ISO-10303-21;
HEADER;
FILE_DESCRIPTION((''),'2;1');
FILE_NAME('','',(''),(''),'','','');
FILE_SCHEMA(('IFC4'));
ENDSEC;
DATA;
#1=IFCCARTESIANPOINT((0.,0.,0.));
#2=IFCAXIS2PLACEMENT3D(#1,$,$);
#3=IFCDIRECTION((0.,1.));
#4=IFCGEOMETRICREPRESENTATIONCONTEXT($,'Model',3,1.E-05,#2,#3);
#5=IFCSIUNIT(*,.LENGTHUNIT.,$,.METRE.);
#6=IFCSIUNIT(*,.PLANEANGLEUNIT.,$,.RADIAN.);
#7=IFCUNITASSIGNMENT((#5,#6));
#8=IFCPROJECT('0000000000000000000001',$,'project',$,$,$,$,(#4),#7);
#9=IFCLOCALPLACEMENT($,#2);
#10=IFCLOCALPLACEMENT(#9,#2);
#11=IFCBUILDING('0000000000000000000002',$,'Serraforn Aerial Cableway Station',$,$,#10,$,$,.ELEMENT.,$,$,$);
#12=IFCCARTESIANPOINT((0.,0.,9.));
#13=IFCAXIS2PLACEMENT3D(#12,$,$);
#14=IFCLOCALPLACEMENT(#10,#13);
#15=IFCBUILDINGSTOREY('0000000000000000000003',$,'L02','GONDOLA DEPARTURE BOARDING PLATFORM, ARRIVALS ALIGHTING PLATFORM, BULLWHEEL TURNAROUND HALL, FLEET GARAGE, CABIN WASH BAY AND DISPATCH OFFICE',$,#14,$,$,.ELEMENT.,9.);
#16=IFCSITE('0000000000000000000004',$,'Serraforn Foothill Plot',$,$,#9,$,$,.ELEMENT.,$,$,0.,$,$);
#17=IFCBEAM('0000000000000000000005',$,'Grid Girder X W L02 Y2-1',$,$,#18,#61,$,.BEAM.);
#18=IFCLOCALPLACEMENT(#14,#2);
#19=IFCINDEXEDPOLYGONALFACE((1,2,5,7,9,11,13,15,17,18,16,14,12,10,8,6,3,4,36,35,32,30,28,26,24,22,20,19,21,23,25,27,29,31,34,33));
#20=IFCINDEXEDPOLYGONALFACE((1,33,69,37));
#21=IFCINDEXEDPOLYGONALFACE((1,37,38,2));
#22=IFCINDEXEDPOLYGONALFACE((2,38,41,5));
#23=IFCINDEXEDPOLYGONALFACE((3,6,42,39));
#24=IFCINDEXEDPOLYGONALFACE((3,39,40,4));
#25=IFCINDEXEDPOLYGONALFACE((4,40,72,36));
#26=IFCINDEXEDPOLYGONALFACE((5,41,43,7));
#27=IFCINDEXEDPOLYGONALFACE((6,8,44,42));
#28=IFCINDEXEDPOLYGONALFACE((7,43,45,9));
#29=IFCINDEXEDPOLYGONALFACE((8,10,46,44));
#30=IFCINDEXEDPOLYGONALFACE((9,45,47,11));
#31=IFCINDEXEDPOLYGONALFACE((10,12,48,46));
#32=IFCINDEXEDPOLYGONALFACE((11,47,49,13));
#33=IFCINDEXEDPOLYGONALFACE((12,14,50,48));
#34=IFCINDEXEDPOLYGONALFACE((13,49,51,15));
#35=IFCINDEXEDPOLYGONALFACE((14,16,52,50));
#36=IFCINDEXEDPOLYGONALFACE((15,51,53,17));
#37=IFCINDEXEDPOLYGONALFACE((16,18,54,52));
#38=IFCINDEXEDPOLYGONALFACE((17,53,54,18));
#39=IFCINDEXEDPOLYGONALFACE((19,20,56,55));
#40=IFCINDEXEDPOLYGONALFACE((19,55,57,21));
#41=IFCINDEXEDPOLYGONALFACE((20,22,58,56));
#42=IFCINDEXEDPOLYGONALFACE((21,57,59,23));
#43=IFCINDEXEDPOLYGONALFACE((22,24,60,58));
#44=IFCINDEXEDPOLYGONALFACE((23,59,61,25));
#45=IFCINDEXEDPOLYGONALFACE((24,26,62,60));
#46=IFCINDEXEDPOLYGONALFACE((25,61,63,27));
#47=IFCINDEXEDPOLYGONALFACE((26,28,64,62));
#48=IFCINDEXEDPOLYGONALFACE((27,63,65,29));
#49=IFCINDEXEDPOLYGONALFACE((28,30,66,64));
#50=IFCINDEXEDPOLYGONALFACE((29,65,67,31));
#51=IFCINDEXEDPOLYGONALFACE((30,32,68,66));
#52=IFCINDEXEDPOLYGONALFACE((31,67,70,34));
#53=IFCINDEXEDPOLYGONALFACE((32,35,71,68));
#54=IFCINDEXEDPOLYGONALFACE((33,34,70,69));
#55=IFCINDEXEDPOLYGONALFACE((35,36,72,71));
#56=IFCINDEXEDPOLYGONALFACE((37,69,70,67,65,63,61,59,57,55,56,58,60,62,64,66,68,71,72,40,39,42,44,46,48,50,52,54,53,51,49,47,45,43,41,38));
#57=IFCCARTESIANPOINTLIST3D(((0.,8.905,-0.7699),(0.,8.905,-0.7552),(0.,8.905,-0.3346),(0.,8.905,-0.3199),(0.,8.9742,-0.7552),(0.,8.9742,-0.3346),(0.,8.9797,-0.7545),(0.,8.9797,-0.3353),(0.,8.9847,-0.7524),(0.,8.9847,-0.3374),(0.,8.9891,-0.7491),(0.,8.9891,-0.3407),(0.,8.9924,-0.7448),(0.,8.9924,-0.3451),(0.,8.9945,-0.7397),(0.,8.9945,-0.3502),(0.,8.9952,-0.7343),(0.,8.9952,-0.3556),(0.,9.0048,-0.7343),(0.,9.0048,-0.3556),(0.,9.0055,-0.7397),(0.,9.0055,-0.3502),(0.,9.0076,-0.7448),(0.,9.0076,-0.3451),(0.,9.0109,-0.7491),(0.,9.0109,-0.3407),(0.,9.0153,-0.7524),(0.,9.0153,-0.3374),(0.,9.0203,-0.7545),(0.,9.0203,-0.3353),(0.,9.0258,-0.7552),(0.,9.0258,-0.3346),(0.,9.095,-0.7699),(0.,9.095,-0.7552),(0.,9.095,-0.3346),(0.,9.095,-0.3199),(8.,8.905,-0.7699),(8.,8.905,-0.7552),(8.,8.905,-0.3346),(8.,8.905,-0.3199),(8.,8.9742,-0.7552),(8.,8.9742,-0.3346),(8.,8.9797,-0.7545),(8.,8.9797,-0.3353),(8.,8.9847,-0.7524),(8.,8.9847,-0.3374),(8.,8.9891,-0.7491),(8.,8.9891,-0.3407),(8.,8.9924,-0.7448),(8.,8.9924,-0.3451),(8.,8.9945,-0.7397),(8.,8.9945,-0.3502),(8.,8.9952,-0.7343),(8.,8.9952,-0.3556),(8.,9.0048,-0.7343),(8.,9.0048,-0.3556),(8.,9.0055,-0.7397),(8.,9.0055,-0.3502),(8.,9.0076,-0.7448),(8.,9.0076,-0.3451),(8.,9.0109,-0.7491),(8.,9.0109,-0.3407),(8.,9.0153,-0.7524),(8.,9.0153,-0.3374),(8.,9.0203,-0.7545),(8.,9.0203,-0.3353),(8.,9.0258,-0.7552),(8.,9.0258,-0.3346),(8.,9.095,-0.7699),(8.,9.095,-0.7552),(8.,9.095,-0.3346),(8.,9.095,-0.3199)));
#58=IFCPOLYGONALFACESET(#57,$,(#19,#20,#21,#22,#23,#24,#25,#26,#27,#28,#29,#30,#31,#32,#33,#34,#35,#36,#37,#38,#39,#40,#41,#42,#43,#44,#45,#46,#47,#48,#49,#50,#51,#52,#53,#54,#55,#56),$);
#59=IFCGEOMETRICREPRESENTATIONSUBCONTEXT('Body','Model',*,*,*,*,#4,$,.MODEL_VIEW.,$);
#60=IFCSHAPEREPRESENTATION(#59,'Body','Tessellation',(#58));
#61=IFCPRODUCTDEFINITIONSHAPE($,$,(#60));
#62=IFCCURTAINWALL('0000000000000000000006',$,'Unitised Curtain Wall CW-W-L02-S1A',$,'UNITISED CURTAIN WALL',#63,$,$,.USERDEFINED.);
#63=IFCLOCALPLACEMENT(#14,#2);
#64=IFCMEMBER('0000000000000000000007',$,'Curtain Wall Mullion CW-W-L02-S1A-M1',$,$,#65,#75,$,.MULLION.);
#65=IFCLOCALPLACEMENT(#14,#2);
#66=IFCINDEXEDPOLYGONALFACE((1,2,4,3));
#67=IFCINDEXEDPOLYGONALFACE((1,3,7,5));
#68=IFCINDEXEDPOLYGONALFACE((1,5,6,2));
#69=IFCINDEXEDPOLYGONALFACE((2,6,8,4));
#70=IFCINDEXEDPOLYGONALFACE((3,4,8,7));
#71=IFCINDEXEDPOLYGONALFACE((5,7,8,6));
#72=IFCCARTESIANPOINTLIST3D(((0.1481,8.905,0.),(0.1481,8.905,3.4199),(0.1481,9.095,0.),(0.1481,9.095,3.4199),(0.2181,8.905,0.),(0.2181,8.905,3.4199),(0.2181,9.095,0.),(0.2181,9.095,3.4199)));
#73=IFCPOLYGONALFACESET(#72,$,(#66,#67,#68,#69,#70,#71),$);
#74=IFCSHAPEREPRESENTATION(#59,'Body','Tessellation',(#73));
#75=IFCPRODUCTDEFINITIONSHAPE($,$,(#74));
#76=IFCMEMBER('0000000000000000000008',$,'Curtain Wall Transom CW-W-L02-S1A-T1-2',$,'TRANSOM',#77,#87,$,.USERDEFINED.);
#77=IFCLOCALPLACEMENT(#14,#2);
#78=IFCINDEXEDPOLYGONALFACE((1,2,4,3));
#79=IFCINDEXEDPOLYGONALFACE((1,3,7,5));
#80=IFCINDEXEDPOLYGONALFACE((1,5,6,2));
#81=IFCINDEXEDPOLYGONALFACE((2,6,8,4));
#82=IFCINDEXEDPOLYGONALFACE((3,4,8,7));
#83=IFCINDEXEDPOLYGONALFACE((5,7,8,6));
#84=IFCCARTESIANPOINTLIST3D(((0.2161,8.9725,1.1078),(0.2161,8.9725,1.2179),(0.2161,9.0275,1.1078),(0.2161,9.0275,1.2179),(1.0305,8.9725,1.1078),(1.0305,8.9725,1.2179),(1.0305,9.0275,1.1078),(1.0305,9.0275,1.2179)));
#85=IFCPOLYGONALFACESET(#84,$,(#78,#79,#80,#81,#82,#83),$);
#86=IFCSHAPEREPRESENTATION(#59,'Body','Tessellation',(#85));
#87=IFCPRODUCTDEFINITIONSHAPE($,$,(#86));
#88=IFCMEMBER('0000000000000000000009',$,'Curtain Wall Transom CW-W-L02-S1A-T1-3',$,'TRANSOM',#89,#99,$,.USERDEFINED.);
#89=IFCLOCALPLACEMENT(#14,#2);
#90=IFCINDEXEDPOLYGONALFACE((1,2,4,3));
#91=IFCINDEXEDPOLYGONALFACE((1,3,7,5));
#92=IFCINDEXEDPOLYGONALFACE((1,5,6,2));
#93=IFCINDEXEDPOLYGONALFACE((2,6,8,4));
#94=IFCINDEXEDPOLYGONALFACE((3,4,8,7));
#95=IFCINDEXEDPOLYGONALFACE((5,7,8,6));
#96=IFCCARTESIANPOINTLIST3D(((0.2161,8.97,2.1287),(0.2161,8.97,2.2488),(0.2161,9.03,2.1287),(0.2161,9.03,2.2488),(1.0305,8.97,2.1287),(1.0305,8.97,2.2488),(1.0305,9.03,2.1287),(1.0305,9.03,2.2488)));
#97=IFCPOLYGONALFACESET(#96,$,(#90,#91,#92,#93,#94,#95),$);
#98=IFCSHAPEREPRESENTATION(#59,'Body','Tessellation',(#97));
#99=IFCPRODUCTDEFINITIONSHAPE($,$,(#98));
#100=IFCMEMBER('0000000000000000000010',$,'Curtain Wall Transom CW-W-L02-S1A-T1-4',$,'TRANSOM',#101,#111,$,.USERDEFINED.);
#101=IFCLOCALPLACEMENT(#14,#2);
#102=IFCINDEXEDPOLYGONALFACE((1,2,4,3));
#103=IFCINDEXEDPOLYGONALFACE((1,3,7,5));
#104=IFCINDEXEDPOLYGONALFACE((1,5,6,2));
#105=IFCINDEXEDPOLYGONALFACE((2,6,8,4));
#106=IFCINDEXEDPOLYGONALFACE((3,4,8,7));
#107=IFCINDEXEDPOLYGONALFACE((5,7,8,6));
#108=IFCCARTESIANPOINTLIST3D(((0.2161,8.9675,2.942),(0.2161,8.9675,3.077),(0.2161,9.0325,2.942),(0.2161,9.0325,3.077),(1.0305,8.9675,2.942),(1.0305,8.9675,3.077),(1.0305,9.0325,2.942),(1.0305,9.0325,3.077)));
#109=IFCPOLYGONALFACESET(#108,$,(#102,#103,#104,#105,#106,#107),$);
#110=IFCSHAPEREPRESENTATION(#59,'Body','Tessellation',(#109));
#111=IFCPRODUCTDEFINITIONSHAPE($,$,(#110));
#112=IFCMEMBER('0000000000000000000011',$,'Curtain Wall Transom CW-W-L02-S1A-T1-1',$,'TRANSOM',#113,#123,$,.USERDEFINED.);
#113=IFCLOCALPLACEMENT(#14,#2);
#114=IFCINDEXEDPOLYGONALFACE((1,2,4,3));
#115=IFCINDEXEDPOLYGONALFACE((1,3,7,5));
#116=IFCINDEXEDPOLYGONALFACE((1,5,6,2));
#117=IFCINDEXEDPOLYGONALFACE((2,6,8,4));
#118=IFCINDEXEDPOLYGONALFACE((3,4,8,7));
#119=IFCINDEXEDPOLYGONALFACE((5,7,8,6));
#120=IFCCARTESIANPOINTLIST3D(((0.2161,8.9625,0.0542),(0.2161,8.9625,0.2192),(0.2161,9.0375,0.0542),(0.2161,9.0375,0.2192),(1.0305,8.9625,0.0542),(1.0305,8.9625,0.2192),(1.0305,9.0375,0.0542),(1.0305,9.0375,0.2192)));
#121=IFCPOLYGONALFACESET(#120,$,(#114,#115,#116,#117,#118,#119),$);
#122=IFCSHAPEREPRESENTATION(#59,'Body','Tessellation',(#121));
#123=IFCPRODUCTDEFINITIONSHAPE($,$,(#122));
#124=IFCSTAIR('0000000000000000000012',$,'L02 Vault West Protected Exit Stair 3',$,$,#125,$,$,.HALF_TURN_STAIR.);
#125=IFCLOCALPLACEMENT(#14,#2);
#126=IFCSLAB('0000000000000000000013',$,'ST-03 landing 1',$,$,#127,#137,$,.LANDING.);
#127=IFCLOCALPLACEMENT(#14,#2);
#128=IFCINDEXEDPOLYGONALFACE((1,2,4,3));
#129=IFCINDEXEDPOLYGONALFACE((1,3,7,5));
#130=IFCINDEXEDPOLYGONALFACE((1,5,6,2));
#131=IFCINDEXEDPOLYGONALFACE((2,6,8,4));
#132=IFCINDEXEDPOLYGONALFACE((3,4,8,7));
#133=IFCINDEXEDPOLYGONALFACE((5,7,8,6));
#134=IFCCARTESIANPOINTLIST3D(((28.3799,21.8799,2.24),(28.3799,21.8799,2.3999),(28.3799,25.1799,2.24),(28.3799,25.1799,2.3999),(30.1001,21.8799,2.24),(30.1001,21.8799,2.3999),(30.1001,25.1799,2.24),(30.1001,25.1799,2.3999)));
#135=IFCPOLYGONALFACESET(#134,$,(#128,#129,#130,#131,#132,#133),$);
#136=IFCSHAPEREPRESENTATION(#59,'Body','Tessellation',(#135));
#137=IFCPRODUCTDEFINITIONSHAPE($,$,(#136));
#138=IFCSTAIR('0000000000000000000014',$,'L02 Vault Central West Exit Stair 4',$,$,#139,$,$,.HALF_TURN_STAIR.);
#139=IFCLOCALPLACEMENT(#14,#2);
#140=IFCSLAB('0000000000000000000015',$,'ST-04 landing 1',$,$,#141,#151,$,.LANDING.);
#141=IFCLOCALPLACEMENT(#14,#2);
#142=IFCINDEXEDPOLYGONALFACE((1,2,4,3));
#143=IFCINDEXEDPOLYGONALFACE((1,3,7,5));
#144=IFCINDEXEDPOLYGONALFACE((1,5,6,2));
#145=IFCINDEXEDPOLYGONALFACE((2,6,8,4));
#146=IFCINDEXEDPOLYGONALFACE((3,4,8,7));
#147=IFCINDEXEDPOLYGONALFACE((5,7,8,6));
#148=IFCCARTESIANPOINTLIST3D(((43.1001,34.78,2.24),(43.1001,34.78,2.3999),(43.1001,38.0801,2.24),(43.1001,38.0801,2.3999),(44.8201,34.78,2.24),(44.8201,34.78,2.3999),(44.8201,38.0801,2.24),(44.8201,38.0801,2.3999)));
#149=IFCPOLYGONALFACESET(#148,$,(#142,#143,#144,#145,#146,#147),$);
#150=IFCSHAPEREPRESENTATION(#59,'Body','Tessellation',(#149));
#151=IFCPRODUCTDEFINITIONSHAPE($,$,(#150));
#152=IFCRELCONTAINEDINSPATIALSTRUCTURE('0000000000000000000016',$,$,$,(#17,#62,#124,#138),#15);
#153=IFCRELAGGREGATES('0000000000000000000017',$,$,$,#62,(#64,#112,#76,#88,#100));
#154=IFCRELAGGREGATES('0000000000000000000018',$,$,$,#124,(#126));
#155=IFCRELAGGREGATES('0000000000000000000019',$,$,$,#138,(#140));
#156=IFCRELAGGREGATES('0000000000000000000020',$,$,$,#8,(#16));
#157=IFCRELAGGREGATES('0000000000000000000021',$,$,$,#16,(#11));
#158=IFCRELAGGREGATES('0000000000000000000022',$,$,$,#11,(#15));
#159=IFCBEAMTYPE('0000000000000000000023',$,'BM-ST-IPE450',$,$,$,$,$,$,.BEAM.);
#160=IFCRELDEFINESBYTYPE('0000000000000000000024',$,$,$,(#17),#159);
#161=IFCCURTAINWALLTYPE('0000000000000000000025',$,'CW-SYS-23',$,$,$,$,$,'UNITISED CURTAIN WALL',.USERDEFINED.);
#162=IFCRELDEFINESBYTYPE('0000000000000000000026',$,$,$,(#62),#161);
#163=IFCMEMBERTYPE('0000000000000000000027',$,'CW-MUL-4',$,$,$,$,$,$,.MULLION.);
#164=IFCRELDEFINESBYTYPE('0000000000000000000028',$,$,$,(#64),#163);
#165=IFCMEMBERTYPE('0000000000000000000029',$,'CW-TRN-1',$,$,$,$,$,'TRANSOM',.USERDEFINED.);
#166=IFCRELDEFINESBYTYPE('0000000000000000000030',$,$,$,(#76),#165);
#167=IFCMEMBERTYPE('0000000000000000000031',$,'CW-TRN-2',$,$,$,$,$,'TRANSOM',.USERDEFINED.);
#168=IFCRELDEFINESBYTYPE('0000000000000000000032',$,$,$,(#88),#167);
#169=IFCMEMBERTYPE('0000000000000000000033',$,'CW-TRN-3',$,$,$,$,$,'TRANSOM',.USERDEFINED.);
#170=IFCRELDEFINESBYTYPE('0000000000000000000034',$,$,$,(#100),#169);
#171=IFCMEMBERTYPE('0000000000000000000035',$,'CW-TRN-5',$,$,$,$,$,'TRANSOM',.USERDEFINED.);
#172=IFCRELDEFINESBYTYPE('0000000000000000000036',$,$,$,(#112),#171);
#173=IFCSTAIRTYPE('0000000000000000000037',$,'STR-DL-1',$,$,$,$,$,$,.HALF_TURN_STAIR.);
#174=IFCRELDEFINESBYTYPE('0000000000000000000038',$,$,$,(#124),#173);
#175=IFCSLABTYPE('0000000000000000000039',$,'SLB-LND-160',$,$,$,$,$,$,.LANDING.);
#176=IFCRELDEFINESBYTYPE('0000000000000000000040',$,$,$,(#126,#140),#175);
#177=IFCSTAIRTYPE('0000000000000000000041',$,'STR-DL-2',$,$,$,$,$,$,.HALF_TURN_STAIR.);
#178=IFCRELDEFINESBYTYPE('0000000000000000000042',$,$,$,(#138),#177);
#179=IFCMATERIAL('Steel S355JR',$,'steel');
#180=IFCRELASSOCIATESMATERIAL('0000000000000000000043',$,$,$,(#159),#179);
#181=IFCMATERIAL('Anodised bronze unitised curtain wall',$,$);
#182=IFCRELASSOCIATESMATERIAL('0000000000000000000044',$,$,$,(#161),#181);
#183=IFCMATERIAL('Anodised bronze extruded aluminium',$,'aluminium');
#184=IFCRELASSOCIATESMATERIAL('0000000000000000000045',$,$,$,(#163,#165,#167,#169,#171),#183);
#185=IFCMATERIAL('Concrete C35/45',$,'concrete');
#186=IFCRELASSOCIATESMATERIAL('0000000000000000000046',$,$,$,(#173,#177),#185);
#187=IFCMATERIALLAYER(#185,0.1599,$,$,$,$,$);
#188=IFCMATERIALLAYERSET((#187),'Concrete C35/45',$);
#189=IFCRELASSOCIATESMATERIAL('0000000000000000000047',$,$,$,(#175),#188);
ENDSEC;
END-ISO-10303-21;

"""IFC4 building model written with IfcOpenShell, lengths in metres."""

from ifc_helpers import new_model, si_unit, direction, frame, origin, origin_2d, place, context, subcontext, project, spatial, polyline, rectangle, i_section, outline, extrude, material, layer, layer_set, material_profile, profile_set, type_object, element, aggregate, save


model = new_model("IFC4")

# Units and contexts
model_context = context("Model", 3, precision=1e-05, world=origin(), true_north=direction((0.0, 1.0)))
body_context = subcontext(model_context, "Body", "Model", "MODEL_VIEW")
ifc_project = project(units=[si_unit("LENGTHUNIT", "METRE"), si_unit("PLANEANGLEUNIT", "RADIAN")], contexts=[model_context])

# Site, building, storey
site_placement = place(None, origin())
site = spatial("IfcSite", under=ifc_project, at=site_placement, Name="Serraforn Foothill Plot", CompositionType="ELEMENT", RefElevation=0.0)
building_placement = place(site_placement, origin())
building = spatial("IfcBuilding", under=site, at=building_placement, Name="Serraforn Aerial Cableway Station", CompositionType="ELEMENT")
storey_placement = place(building_placement, frame((0.0, 0.0, 9.0)))
storey = spatial("IfcBuildingStorey", under=building, at=storey_placement, Name="L02", Description="GONDOLA DEPARTURE BOARDING PLATFORM, ARRIVALS ALIGHTING PLATFORM, BULLWHEEL TURNAROUND HALL, FLEET GARAGE, CABIN WASH BAY AND DISPATCH OFFICE", CompositionType="ELEMENT", Elevation=9.0)

# Beam
ifc_material_1 = material(Name="Steel S355JR", Category="steel")
ifc_material_profile_1 = material_profile(ifc_material_1, i_section(OverallWidth=0.1899, OverallDepth=0.45, WebThickness=0.0095, FlangeThickness=0.0146, FilletRadius=0.021, at=origin_2d()), Name="IPE 450")
ifc_profile_set_1 = profile_set([ifc_material_profile_1], Name="Steel S355JR")
beam_type_1 = type_object("IfcBeamType", Name="BM-ST-IPE450", PredefinedType="BEAM", material=ifc_profile_set_1)
beam_1_placement = place(storey_placement, frame((0.0, 9.0, -0.5449), z_axis=(1.0, 0.0, 0.0), x_axis=(0.0, 1.0, 0.0)))
element("IfcBeam", 1, at=beam_1_placement, inside=storey, type_object=beam_type_1, Name="Grid Girder X W L02 Y2-1", PredefinedType="BEAM", context=body_context, shape_type="SweptSolid", body=[
    extrude(i_section(OverallWidth=0.1899, OverallDepth=0.45, WebThickness=0.0095, FlangeThickness=0.0146, FilletRadius=0.021, at=origin_2d()), origin(), (0.0, 0.0, 1.0), 8.0),
])

# Curtain wall, members
ifc_material_2 = material(Name="Anodised bronze unitised curtain wall")
curtain_wall_type = type_object("IfcCurtainWallType", Name="CW-SYS-23", ElementType="UNITISED CURTAIN WALL", PredefinedType="USERDEFINED", material=ifc_material_2)
curtain_wall_placement = place(storey_placement, origin())
curtain_wall = element("IfcCurtainWall", 2, at=curtain_wall_placement, inside=storey, type_object=curtain_wall_type, Name="Unitised Curtain Wall CW-W-L02-S1A", ObjectType="UNITISED CURTAIN WALL", PredefinedType="USERDEFINED")
ifc_material_3 = material(Name="Anodised bronze extruded aluminium", Category="aluminium")
ifc_material_profile_2 = material_profile(ifc_material_3, rectangle(XDim=0.0701, YDim=0.1899, at=origin_2d()), Name="CW MULLION 70x190")
ifc_profile_set_2 = profile_set([ifc_material_profile_2], Name="Anodised bronze extruded aluminium")
member_type_1 = type_object("IfcMemberType", Name="CW-MUL-4", PredefinedType="MULLION", material=ifc_profile_set_2)
member_1_placement = place(storey_placement, frame((0.1831, 9.0, 0.0), z_axis=(0.0, 0.0, 1.0), x_axis=(1.0, 0.0, 0.0)))
member_1 = element("IfcMember", 3, at=member_1_placement, type_object=member_type_1, Name="Curtain Wall Mullion CW-W-L02-S1A-M1", PredefinedType="MULLION", context=body_context, shape_type="SweptSolid", body=[
    extrude(rectangle(XDim=0.0701, YDim=0.1899, at=origin_2d()), origin(), (0.0, 0.0, 1.0), 3.4199),
])
ifc_material_profile_3 = material_profile(ifc_material_3, rectangle(XDim=0.0549, YDim=0.1101, at=origin_2d()), Name="CW TRANSOM 55x110")
ifc_profile_set_3 = profile_set([ifc_material_profile_3], Name="Anodised bronze extruded aluminium")
member_type_2 = type_object("IfcMemberType", Name="CW-TRN-1", ElementType="TRANSOM", PredefinedType="USERDEFINED", material=ifc_profile_set_3)
member_2_placement = place(storey_placement, frame((0.2161, 9.0, 1.1628), z_axis=(1.0, 0.0, 0.0), x_axis=(0.0, 1.0, 0.0)))
member_2 = element("IfcMember", 4, at=member_2_placement, type_object=member_type_2, Name="Curtain Wall Transom CW-W-L02-S1A-T1-2", ObjectType="TRANSOM", PredefinedType="USERDEFINED", context=body_context, shape_type="SweptSolid", body=[
    extrude(rectangle(XDim=0.0549, YDim=0.1101, at=origin_2d()), origin(), (0.0, 0.0, 1.0), 0.8145),
])
ifc_material_profile_4 = material_profile(ifc_material_3, rectangle(XDim=0.0601, YDim=0.1201, at=origin_2d()), Name="CW TRANSOM 60x120")
ifc_profile_set_4 = profile_set([ifc_material_profile_4], Name="Anodised bronze extruded aluminium")
member_type_3 = type_object("IfcMemberType", Name="CW-TRN-2", ElementType="TRANSOM", PredefinedType="USERDEFINED", material=ifc_profile_set_4)
member_3_placement = place(storey_placement, frame((0.2161, 9.0, 2.1887), z_axis=(1.0, 0.0, 0.0), x_axis=(0.0, 1.0, 0.0)))
member_3 = element("IfcMember", 5, at=member_3_placement, type_object=member_type_3, Name="Curtain Wall Transom CW-W-L02-S1A-T1-3", ObjectType="TRANSOM", PredefinedType="USERDEFINED", context=body_context, shape_type="SweptSolid", body=[
    extrude(rectangle(XDim=0.0601, YDim=0.1201, at=origin_2d()), origin(), (0.0, 0.0, 1.0), 0.8145),
])
ifc_material_profile_5 = material_profile(ifc_material_3, rectangle(XDim=0.0649, YDim=0.135, at=origin_2d()), Name="CW TRANSOM 65x135")
ifc_profile_set_5 = profile_set([ifc_material_profile_5], Name="Anodised bronze extruded aluminium")
member_type_4 = type_object("IfcMemberType", Name="CW-TRN-3", ElementType="TRANSOM", PredefinedType="USERDEFINED", material=ifc_profile_set_5)
member_4_placement = place(storey_placement, frame((0.2161, 9.0, 3.0095), z_axis=(1.0, 0.0, 0.0), x_axis=(0.0, 1.0, 0.0)))
member_4 = element("IfcMember", 6, at=member_4_placement, type_object=member_type_4, Name="Curtain Wall Transom CW-W-L02-S1A-T1-4", ObjectType="TRANSOM", PredefinedType="USERDEFINED", context=body_context, shape_type="SweptSolid", body=[
    extrude(rectangle(XDim=0.0649, YDim=0.135, at=origin_2d()), origin(), (0.0, 0.0, 1.0), 0.8145),
])
ifc_material_profile_6 = material_profile(ifc_material_3, rectangle(XDim=0.075, YDim=0.165, at=origin_2d()), Name="CW TRANSOM 75x165")
ifc_profile_set_6 = profile_set([ifc_material_profile_6], Name="Anodised bronze extruded aluminium")
member_type_5 = type_object("IfcMemberType", Name="CW-TRN-5", ElementType="TRANSOM", PredefinedType="USERDEFINED", material=ifc_profile_set_6)
member_5_placement = place(storey_placement, frame((0.2161, 9.0, 0.1367), z_axis=(1.0, 0.0, 0.0), x_axis=(0.0, 1.0, 0.0)))
member_5 = element("IfcMember", 7, at=member_5_placement, type_object=member_type_5, Name="Curtain Wall Transom CW-W-L02-S1A-T1-1", ObjectType="TRANSOM", PredefinedType="USERDEFINED", context=body_context, shape_type="SweptSolid", body=[
    extrude(rectangle(XDim=0.075, YDim=0.165, at=origin_2d()), origin(), (0.0, 0.0, 1.0), 0.8145),
])
aggregate(curtain_wall, [member_1, member_5, member_2, member_3, member_4])

# Stairs, slabs
ifc_material_4 = material(Name="Concrete C35/45", Category="concrete")
stair_type_1 = type_object("IfcStairType", Name="STR-DL-1", PredefinedType="HALF_TURN_STAIR", material=ifc_material_4)
stair_1_placement = place(storey_placement, origin())
stair_1 = element("IfcStair", 8, at=stair_1_placement, inside=storey, type_object=stair_type_1, Name="L02 Vault West Protected Exit Stair 3", PredefinedType="HALF_TURN_STAIR")
ifc_layer_1 = layer(ifc_material_4, 0.1599)
ifc_layer_set_1 = layer_set([ifc_layer_1], Name="Concrete C35/45")
slab_type = type_object("IfcSlabType", Name="SLB-LND-160", PredefinedType="LANDING", material=ifc_layer_set_1)
slab_1_placement = place(storey_placement, frame((0.0, 0.0, 2.24)))
slab_1 = element("IfcSlab", 9, at=slab_1_placement, type_object=slab_type, Name="ST-03 landing 1", PredefinedType="LANDING", context=body_context, shape_type="SweptSolid", body=[
    extrude(outline(polyline([(30.1001, 25.1799), (28.3799, 25.1799), (28.3799, 21.8799), (30.1001, 21.8799), (30.1001, 25.1799)])), origin(), (0.0, 0.0, 1.0), 0.1599),
])
aggregate(stair_1, [slab_1])
stair_type_2 = type_object("IfcStairType", Name="STR-DL-2", PredefinedType="HALF_TURN_STAIR", material=ifc_material_4)
stair_2_placement = place(storey_placement, origin())
stair_2 = element("IfcStair", 10, at=stair_2_placement, inside=storey, type_object=stair_type_2, Name="L02 Vault Central West Exit Stair 4", PredefinedType="HALF_TURN_STAIR")
slab_2_placement = place(storey_placement, frame((0.0, 0.0, 2.24)))
slab_2 = element("IfcSlab", 11, at=slab_2_placement, type_object=slab_type, Name="ST-04 landing 1", PredefinedType="LANDING", context=body_context, shape_type="SweptSolid", body=[
    extrude(outline(polyline([(43.1001, 34.78), (44.8201, 34.78), (44.8201, 38.0801), (43.1001, 38.0801), (43.1001, 34.78)])), origin(), (0.0, 0.0, 1.0), 0.1599),
])
aggregate(stair_2, [slab_2])

save(model, "model.ifc")
